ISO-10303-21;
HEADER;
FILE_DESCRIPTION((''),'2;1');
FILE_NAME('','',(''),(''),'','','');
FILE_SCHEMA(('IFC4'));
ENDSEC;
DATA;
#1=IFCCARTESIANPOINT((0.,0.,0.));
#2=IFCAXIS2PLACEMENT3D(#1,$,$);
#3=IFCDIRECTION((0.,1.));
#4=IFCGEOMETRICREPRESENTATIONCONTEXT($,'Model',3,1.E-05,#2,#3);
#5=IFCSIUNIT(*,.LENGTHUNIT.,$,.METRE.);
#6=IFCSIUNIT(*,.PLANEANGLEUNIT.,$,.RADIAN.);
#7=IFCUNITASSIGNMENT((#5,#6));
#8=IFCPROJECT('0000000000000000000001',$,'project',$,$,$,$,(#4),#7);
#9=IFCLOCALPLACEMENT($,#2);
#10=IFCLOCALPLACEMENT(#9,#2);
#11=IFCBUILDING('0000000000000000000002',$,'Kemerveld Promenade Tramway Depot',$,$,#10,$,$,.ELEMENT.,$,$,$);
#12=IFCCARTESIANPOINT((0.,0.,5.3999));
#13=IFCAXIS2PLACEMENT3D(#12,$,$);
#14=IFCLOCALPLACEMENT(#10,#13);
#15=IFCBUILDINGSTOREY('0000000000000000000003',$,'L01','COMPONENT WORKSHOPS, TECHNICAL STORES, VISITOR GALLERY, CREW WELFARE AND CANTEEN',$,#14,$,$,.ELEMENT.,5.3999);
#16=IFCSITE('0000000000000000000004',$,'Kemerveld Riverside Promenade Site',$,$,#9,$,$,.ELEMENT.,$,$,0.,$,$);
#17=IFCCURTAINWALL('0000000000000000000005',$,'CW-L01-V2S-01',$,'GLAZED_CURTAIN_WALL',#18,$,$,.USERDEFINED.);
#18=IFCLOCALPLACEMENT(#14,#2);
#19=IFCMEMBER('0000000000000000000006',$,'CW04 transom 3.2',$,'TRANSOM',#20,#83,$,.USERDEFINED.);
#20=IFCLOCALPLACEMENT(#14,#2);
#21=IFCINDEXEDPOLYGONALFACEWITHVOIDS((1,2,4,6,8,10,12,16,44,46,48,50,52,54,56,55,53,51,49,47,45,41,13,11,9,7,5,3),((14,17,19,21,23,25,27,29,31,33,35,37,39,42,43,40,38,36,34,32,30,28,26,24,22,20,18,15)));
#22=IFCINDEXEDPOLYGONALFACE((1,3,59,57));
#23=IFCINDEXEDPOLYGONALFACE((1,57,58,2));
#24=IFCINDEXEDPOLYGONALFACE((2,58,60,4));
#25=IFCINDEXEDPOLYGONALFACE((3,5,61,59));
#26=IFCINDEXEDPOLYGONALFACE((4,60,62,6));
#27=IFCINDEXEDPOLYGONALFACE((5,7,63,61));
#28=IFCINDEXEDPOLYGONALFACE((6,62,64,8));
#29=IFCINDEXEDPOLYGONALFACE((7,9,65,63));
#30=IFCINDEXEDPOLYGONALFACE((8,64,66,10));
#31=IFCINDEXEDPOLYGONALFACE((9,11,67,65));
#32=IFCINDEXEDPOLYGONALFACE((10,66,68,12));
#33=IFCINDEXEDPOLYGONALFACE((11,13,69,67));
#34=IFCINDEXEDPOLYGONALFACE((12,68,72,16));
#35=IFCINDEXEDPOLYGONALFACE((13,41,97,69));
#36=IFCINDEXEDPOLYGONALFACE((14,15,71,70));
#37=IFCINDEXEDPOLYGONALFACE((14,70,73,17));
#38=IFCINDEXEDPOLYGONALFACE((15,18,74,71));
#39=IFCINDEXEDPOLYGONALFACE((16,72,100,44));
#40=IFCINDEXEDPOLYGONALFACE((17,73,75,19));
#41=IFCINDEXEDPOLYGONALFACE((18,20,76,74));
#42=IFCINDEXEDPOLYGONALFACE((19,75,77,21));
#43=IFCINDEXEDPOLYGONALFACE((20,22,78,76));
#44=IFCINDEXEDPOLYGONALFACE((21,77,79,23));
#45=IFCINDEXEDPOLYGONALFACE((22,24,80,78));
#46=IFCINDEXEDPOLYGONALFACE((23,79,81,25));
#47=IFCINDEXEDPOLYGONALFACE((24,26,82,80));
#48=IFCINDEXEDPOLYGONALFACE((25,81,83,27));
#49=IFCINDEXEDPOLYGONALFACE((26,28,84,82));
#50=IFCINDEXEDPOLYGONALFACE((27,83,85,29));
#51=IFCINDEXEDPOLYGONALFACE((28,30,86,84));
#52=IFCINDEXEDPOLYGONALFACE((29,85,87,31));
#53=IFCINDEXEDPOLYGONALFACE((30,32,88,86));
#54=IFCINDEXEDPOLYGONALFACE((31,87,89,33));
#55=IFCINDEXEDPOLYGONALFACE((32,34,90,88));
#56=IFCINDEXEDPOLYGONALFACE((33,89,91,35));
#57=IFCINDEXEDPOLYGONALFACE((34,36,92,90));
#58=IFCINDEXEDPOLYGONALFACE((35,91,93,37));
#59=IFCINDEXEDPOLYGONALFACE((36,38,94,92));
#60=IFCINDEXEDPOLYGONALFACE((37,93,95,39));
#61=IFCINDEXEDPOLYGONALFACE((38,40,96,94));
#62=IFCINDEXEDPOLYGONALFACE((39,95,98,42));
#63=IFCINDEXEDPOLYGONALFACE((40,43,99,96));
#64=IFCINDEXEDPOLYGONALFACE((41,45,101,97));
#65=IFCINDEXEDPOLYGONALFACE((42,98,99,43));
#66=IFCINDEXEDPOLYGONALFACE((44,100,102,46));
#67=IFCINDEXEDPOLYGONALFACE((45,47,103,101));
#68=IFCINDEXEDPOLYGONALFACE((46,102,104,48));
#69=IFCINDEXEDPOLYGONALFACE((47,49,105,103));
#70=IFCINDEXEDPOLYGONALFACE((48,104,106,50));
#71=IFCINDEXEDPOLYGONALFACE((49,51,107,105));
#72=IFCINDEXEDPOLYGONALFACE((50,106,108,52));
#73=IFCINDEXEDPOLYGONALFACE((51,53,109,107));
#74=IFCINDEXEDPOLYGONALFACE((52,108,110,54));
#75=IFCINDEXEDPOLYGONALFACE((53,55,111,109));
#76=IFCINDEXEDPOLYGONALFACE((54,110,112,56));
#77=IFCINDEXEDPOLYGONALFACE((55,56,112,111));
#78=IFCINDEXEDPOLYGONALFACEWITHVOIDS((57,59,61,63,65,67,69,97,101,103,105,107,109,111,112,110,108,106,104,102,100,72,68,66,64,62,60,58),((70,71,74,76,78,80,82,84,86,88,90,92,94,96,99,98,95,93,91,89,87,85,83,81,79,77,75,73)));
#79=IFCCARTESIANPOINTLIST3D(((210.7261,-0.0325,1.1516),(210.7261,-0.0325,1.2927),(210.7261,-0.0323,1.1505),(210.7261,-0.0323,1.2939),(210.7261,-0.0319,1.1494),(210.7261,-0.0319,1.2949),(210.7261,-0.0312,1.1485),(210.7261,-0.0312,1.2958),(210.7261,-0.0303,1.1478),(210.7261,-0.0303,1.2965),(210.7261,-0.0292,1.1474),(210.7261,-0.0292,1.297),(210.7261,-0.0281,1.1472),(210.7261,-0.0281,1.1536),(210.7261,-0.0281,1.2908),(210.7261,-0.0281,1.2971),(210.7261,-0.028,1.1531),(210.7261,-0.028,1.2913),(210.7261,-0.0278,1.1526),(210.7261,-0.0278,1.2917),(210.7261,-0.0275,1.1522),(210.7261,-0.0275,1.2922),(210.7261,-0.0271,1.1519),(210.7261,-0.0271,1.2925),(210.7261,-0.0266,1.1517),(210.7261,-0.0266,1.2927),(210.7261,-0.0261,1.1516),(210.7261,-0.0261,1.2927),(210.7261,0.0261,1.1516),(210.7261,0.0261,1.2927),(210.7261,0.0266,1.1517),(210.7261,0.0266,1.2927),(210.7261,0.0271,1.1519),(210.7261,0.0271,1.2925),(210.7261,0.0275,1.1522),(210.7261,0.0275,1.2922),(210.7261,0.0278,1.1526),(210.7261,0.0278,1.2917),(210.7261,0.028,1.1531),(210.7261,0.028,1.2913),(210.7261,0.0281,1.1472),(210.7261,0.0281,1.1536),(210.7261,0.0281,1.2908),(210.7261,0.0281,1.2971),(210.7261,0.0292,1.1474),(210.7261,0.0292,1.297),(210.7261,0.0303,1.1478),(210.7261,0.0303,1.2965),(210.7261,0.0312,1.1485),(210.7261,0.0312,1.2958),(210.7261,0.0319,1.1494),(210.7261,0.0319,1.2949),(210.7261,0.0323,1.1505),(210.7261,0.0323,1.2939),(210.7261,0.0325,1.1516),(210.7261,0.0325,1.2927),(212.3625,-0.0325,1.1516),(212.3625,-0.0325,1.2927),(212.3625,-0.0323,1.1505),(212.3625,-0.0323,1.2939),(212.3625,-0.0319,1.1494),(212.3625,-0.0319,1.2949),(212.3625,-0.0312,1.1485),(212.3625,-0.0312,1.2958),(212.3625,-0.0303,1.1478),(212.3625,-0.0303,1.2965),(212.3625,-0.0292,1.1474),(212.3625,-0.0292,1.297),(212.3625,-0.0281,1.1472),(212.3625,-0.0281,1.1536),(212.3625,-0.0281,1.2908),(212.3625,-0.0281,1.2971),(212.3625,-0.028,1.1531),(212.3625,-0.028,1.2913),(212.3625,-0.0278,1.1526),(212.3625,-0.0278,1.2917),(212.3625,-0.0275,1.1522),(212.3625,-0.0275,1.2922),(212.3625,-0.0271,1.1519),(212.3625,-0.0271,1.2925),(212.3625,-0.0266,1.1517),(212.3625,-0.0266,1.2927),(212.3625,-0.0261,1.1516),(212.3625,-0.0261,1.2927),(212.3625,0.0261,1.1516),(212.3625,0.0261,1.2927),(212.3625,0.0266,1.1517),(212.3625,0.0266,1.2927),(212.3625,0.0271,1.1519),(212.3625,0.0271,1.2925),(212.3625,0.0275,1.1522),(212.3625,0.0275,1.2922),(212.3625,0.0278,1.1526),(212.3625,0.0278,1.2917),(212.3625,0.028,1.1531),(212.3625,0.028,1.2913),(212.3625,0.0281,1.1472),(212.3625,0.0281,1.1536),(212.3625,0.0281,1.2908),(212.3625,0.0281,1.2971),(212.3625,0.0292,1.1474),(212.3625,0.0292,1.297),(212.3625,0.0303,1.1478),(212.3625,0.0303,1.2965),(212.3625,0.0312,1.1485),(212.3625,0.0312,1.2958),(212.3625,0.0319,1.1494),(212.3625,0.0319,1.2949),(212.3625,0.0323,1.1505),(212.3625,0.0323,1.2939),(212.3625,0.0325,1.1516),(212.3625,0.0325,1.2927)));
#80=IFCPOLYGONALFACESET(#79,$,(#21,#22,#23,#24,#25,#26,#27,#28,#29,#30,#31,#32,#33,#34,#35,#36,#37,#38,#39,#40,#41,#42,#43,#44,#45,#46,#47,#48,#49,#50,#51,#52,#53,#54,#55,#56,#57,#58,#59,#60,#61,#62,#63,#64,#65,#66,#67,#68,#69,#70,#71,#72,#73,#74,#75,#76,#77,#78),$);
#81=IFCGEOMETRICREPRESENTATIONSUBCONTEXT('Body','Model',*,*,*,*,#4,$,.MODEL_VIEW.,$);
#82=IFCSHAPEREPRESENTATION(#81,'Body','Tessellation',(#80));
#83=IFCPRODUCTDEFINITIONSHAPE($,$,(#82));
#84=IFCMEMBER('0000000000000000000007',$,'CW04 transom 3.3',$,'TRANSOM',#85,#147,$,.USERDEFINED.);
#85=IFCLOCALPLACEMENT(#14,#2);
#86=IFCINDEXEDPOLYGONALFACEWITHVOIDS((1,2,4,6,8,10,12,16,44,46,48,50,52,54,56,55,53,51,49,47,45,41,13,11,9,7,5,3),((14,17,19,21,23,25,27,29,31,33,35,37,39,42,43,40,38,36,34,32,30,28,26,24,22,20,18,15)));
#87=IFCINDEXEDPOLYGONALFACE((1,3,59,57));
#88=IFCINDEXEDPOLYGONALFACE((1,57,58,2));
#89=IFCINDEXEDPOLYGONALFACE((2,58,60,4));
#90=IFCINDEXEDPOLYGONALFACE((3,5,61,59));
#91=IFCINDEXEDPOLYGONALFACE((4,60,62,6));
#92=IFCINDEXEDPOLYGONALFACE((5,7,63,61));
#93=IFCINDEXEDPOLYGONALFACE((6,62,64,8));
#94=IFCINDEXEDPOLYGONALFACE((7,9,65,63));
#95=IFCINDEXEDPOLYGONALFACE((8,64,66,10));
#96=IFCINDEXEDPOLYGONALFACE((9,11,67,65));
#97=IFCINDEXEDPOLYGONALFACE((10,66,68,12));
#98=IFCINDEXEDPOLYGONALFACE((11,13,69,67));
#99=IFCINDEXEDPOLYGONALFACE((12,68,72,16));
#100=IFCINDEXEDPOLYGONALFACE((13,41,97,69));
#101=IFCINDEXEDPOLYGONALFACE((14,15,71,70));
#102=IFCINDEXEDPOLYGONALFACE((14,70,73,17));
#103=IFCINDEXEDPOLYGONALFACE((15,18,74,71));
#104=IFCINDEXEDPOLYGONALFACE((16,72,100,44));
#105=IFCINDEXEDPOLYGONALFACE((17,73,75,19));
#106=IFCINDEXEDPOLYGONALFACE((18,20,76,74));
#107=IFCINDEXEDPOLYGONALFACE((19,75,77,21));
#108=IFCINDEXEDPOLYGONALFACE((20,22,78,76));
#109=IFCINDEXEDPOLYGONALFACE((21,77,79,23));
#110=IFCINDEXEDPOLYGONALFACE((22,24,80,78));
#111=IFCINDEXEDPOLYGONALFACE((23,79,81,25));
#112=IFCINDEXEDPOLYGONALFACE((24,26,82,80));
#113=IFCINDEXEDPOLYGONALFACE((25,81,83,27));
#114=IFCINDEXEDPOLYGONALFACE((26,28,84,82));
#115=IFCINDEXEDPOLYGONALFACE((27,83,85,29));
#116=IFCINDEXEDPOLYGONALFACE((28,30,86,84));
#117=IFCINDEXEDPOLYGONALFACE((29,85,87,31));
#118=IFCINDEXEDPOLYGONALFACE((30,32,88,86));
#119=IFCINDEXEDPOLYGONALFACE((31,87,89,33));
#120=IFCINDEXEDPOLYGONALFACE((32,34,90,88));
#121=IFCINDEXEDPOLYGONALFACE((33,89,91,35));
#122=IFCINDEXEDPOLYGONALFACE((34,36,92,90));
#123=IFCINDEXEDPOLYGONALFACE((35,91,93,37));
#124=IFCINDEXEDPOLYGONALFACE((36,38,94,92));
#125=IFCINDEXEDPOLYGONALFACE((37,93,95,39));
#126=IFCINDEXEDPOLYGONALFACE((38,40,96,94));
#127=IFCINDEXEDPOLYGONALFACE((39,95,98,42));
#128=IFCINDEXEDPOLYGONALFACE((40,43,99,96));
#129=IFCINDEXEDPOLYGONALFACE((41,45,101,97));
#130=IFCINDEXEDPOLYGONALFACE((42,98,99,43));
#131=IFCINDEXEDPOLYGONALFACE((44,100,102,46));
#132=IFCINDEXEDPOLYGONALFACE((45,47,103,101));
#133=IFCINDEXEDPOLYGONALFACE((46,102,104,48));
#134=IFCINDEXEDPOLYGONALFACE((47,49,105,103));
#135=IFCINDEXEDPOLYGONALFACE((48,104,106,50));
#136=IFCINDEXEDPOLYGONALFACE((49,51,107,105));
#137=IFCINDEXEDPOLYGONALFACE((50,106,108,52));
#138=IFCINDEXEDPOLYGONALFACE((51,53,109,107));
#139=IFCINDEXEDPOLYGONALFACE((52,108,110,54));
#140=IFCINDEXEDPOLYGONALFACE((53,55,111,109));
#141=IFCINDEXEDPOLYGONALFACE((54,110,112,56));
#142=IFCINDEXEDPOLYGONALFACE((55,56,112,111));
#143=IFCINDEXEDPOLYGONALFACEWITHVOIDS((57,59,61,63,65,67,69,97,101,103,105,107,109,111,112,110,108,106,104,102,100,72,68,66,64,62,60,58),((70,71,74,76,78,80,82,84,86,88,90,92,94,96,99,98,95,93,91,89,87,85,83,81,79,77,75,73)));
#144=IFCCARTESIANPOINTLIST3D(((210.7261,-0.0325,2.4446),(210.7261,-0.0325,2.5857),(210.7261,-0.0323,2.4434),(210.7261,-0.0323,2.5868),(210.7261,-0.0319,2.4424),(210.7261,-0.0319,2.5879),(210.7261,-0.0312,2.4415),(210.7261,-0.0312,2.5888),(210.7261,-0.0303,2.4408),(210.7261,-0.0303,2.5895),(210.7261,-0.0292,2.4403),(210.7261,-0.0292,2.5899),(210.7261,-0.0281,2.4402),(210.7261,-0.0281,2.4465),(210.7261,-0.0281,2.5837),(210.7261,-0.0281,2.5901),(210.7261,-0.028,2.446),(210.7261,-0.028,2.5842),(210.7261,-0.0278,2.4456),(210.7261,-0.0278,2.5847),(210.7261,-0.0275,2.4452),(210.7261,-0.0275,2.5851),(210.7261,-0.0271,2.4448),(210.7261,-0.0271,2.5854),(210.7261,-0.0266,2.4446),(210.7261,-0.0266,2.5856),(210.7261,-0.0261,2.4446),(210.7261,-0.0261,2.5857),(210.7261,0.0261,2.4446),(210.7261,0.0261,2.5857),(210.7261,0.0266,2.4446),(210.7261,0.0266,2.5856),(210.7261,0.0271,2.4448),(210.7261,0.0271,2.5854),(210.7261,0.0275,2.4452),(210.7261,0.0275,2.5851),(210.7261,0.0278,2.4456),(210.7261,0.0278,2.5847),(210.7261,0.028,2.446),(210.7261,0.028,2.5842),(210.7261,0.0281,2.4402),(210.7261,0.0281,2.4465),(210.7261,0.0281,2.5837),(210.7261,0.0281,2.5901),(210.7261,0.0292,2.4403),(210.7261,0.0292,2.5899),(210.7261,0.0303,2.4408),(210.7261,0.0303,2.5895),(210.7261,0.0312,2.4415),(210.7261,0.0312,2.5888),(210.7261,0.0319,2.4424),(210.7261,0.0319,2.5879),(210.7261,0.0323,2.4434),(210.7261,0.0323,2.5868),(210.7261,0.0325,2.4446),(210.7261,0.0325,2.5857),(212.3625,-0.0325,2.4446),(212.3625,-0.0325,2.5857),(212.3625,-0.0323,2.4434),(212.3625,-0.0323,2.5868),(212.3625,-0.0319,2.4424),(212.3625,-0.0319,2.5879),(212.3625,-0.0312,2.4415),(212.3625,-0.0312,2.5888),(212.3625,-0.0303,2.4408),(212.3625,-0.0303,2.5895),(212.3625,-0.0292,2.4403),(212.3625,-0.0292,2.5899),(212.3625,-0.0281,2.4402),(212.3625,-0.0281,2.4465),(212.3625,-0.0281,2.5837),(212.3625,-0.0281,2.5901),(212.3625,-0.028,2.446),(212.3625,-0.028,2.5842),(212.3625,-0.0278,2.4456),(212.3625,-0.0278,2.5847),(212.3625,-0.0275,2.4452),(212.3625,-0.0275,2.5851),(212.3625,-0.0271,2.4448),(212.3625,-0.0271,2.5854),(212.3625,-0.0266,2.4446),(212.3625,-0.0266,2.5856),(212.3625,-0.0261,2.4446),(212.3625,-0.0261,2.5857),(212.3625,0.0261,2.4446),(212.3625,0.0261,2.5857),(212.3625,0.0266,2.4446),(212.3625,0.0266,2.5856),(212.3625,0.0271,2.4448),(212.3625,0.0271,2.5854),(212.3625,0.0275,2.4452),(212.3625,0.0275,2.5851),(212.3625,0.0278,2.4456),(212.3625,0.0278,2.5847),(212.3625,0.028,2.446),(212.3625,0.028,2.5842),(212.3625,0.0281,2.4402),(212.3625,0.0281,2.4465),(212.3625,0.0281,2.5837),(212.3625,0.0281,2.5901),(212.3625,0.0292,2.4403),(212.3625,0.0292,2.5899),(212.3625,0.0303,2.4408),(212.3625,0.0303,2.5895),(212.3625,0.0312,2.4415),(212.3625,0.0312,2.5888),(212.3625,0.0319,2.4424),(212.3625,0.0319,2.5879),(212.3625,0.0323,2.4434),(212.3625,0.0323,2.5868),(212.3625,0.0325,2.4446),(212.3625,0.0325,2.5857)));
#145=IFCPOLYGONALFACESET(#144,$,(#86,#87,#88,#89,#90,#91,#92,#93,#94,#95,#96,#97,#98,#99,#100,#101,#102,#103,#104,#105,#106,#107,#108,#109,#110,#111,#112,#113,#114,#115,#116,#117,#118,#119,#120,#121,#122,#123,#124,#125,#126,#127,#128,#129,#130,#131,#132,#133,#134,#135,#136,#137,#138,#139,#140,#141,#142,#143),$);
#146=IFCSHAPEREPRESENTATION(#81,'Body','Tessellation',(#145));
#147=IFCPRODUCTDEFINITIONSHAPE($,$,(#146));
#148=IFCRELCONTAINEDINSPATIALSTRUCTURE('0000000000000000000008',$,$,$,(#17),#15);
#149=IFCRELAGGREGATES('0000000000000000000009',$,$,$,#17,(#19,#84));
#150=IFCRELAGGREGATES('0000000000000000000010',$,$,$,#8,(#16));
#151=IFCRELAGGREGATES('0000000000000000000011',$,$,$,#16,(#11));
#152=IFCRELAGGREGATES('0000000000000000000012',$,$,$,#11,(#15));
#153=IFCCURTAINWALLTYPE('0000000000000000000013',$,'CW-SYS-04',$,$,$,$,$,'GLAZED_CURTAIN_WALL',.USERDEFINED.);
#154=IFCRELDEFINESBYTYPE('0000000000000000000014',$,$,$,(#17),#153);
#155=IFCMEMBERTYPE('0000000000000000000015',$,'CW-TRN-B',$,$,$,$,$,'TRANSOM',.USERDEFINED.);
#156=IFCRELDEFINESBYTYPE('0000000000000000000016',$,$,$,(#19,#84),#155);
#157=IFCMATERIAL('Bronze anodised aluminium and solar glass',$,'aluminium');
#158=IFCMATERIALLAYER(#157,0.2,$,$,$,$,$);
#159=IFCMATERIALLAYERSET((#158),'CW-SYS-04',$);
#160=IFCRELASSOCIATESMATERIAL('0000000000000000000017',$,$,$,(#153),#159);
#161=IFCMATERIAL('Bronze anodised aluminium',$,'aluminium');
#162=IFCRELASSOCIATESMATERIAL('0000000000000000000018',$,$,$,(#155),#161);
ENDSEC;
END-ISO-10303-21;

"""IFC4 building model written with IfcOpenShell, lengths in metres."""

from ifc_helpers import new_model, si_unit, direction, frame, origin, origin_2d, place, context, subcontext, project, spatial, hollow_rectangle, extrude, material, layer, layer_set, material_profile, profile_set, type_object, element, aggregate, save


model = new_model("IFC4")

# Units and contexts
model_context = context("Model", 3, precision=1e-05, world=origin(), true_north=direction((0.0, 1.0)))
body_context = subcontext(model_context, "Body", "Model", "MODEL_VIEW")
ifc_project = project(units=[si_unit("LENGTHUNIT", "METRE"), si_unit("PLANEANGLEUNIT", "RADIAN")], contexts=[model_context])

# Site, building, storey
site_placement = place(None, origin())
site = spatial("IfcSite", under=ifc_project, at=site_placement, Name="Kemerveld Riverside Promenade Site", CompositionType="ELEMENT", RefElevation=0.0)
building_placement = place(site_placement, origin())
building = spatial("IfcBuilding", under=site, at=building_placement, Name="Kemerveld Promenade Tramway Depot", CompositionType="ELEMENT")
storey_placement = place(building_placement, frame((0.0, 0.0, 5.3999)))
storey = spatial("IfcBuildingStorey", under=building, at=storey_placement, Name="L01", Description="COMPONENT WORKSHOPS, TECHNICAL STORES, VISITOR GALLERY, CREW WELFARE AND CANTEEN", CompositionType="ELEMENT", Elevation=5.3999)

# Shared definitions
ifc_material_1 = material(Name="Bronze anodised aluminium and solar glass", Category="aluminium")
ifc_material_2 = material(Name="Bronze anodised aluminium", Category="aluminium")

# Curtain wall, members
ifc_layer_1 = layer(ifc_material_1, 0.2)
ifc_layer_set_1 = layer_set([ifc_layer_1], Name="CW-SYS-04")
curtain_wall_type_1 = type_object("IfcCurtainWallType", Name="CW-SYS-04", ElementType="GLAZED_CURTAIN_WALL", PredefinedType="USERDEFINED", material=ifc_layer_set_1)
curtain_wall_1_placement = place(storey_placement, origin())
curtain_wall_1 = element("IfcCurtainWall", 1, at=curtain_wall_1_placement, inside=storey, type_object=curtain_wall_type_1, Name="CW-L01-V2S-01", ObjectType="GLAZED_CURTAIN_WALL", PredefinedType="USERDEFINED")
ifc_material_profile_1 = material_profile(ifc_material_2, hollow_rectangle(XDim=0.0649, YDim=0.1499, WallThickness=0.0044, InnerFilletRadius=0.002, OuterFilletRadius=0.0044, at=origin_2d()), Name="CW-TRN-150x65")
ifc_profile_set_1 = profile_set([ifc_material_profile_1], Name="Bronze anodised aluminium")
member_type_1 = type_object("IfcMemberType", Name="CW-TRN-B", ElementType="TRANSOM", PredefinedType="USERDEFINED", material=ifc_profile_set_1)
member_1_placement = place(storey_placement, frame((212.3625, 0.0, 1.2222), z_axis=(-1.0, 0.0, 0.0), x_axis=(0.0, -1.0, 0.0)))
member_1 = element("IfcMember", 2, at=member_1_placement, type_object=member_type_1, Name="CW04 transom 3.2", ObjectType="TRANSOM", PredefinedType="USERDEFINED", context=body_context, shape_type="SweptSolid", body=[
    extrude(hollow_rectangle(XDim=0.0649, YDim=0.1499, WallThickness=0.0044, InnerFilletRadius=0.002, OuterFilletRadius=0.0044, at=origin_2d()), origin(), (0.0, 0.0, 1.0), 1.6365),
])
member_2_placement = place(storey_placement, frame((212.3625, 0.0, 2.5151), z_axis=(-1.0, 0.0, 0.0), x_axis=(0.0, -1.0, 0.0)))
member_2 = element("IfcMember", 3, at=member_2_placement, type_object=member_type_1, Name="CW04 transom 3.3", ObjectType="TRANSOM", PredefinedType="USERDEFINED", context=body_context, shape_type="SweptSolid", body=[
    extrude(hollow_rectangle(XDim=0.0649, YDim=0.1499, WallThickness=0.0044, InnerFilletRadius=0.002, OuterFilletRadius=0.0044, at=origin_2d()), origin(), (0.0, 0.0, 1.0), 1.6365),
])

aggregate(curtain_wall_1, [member_1, member_2])

save(model, "model.ifc")
